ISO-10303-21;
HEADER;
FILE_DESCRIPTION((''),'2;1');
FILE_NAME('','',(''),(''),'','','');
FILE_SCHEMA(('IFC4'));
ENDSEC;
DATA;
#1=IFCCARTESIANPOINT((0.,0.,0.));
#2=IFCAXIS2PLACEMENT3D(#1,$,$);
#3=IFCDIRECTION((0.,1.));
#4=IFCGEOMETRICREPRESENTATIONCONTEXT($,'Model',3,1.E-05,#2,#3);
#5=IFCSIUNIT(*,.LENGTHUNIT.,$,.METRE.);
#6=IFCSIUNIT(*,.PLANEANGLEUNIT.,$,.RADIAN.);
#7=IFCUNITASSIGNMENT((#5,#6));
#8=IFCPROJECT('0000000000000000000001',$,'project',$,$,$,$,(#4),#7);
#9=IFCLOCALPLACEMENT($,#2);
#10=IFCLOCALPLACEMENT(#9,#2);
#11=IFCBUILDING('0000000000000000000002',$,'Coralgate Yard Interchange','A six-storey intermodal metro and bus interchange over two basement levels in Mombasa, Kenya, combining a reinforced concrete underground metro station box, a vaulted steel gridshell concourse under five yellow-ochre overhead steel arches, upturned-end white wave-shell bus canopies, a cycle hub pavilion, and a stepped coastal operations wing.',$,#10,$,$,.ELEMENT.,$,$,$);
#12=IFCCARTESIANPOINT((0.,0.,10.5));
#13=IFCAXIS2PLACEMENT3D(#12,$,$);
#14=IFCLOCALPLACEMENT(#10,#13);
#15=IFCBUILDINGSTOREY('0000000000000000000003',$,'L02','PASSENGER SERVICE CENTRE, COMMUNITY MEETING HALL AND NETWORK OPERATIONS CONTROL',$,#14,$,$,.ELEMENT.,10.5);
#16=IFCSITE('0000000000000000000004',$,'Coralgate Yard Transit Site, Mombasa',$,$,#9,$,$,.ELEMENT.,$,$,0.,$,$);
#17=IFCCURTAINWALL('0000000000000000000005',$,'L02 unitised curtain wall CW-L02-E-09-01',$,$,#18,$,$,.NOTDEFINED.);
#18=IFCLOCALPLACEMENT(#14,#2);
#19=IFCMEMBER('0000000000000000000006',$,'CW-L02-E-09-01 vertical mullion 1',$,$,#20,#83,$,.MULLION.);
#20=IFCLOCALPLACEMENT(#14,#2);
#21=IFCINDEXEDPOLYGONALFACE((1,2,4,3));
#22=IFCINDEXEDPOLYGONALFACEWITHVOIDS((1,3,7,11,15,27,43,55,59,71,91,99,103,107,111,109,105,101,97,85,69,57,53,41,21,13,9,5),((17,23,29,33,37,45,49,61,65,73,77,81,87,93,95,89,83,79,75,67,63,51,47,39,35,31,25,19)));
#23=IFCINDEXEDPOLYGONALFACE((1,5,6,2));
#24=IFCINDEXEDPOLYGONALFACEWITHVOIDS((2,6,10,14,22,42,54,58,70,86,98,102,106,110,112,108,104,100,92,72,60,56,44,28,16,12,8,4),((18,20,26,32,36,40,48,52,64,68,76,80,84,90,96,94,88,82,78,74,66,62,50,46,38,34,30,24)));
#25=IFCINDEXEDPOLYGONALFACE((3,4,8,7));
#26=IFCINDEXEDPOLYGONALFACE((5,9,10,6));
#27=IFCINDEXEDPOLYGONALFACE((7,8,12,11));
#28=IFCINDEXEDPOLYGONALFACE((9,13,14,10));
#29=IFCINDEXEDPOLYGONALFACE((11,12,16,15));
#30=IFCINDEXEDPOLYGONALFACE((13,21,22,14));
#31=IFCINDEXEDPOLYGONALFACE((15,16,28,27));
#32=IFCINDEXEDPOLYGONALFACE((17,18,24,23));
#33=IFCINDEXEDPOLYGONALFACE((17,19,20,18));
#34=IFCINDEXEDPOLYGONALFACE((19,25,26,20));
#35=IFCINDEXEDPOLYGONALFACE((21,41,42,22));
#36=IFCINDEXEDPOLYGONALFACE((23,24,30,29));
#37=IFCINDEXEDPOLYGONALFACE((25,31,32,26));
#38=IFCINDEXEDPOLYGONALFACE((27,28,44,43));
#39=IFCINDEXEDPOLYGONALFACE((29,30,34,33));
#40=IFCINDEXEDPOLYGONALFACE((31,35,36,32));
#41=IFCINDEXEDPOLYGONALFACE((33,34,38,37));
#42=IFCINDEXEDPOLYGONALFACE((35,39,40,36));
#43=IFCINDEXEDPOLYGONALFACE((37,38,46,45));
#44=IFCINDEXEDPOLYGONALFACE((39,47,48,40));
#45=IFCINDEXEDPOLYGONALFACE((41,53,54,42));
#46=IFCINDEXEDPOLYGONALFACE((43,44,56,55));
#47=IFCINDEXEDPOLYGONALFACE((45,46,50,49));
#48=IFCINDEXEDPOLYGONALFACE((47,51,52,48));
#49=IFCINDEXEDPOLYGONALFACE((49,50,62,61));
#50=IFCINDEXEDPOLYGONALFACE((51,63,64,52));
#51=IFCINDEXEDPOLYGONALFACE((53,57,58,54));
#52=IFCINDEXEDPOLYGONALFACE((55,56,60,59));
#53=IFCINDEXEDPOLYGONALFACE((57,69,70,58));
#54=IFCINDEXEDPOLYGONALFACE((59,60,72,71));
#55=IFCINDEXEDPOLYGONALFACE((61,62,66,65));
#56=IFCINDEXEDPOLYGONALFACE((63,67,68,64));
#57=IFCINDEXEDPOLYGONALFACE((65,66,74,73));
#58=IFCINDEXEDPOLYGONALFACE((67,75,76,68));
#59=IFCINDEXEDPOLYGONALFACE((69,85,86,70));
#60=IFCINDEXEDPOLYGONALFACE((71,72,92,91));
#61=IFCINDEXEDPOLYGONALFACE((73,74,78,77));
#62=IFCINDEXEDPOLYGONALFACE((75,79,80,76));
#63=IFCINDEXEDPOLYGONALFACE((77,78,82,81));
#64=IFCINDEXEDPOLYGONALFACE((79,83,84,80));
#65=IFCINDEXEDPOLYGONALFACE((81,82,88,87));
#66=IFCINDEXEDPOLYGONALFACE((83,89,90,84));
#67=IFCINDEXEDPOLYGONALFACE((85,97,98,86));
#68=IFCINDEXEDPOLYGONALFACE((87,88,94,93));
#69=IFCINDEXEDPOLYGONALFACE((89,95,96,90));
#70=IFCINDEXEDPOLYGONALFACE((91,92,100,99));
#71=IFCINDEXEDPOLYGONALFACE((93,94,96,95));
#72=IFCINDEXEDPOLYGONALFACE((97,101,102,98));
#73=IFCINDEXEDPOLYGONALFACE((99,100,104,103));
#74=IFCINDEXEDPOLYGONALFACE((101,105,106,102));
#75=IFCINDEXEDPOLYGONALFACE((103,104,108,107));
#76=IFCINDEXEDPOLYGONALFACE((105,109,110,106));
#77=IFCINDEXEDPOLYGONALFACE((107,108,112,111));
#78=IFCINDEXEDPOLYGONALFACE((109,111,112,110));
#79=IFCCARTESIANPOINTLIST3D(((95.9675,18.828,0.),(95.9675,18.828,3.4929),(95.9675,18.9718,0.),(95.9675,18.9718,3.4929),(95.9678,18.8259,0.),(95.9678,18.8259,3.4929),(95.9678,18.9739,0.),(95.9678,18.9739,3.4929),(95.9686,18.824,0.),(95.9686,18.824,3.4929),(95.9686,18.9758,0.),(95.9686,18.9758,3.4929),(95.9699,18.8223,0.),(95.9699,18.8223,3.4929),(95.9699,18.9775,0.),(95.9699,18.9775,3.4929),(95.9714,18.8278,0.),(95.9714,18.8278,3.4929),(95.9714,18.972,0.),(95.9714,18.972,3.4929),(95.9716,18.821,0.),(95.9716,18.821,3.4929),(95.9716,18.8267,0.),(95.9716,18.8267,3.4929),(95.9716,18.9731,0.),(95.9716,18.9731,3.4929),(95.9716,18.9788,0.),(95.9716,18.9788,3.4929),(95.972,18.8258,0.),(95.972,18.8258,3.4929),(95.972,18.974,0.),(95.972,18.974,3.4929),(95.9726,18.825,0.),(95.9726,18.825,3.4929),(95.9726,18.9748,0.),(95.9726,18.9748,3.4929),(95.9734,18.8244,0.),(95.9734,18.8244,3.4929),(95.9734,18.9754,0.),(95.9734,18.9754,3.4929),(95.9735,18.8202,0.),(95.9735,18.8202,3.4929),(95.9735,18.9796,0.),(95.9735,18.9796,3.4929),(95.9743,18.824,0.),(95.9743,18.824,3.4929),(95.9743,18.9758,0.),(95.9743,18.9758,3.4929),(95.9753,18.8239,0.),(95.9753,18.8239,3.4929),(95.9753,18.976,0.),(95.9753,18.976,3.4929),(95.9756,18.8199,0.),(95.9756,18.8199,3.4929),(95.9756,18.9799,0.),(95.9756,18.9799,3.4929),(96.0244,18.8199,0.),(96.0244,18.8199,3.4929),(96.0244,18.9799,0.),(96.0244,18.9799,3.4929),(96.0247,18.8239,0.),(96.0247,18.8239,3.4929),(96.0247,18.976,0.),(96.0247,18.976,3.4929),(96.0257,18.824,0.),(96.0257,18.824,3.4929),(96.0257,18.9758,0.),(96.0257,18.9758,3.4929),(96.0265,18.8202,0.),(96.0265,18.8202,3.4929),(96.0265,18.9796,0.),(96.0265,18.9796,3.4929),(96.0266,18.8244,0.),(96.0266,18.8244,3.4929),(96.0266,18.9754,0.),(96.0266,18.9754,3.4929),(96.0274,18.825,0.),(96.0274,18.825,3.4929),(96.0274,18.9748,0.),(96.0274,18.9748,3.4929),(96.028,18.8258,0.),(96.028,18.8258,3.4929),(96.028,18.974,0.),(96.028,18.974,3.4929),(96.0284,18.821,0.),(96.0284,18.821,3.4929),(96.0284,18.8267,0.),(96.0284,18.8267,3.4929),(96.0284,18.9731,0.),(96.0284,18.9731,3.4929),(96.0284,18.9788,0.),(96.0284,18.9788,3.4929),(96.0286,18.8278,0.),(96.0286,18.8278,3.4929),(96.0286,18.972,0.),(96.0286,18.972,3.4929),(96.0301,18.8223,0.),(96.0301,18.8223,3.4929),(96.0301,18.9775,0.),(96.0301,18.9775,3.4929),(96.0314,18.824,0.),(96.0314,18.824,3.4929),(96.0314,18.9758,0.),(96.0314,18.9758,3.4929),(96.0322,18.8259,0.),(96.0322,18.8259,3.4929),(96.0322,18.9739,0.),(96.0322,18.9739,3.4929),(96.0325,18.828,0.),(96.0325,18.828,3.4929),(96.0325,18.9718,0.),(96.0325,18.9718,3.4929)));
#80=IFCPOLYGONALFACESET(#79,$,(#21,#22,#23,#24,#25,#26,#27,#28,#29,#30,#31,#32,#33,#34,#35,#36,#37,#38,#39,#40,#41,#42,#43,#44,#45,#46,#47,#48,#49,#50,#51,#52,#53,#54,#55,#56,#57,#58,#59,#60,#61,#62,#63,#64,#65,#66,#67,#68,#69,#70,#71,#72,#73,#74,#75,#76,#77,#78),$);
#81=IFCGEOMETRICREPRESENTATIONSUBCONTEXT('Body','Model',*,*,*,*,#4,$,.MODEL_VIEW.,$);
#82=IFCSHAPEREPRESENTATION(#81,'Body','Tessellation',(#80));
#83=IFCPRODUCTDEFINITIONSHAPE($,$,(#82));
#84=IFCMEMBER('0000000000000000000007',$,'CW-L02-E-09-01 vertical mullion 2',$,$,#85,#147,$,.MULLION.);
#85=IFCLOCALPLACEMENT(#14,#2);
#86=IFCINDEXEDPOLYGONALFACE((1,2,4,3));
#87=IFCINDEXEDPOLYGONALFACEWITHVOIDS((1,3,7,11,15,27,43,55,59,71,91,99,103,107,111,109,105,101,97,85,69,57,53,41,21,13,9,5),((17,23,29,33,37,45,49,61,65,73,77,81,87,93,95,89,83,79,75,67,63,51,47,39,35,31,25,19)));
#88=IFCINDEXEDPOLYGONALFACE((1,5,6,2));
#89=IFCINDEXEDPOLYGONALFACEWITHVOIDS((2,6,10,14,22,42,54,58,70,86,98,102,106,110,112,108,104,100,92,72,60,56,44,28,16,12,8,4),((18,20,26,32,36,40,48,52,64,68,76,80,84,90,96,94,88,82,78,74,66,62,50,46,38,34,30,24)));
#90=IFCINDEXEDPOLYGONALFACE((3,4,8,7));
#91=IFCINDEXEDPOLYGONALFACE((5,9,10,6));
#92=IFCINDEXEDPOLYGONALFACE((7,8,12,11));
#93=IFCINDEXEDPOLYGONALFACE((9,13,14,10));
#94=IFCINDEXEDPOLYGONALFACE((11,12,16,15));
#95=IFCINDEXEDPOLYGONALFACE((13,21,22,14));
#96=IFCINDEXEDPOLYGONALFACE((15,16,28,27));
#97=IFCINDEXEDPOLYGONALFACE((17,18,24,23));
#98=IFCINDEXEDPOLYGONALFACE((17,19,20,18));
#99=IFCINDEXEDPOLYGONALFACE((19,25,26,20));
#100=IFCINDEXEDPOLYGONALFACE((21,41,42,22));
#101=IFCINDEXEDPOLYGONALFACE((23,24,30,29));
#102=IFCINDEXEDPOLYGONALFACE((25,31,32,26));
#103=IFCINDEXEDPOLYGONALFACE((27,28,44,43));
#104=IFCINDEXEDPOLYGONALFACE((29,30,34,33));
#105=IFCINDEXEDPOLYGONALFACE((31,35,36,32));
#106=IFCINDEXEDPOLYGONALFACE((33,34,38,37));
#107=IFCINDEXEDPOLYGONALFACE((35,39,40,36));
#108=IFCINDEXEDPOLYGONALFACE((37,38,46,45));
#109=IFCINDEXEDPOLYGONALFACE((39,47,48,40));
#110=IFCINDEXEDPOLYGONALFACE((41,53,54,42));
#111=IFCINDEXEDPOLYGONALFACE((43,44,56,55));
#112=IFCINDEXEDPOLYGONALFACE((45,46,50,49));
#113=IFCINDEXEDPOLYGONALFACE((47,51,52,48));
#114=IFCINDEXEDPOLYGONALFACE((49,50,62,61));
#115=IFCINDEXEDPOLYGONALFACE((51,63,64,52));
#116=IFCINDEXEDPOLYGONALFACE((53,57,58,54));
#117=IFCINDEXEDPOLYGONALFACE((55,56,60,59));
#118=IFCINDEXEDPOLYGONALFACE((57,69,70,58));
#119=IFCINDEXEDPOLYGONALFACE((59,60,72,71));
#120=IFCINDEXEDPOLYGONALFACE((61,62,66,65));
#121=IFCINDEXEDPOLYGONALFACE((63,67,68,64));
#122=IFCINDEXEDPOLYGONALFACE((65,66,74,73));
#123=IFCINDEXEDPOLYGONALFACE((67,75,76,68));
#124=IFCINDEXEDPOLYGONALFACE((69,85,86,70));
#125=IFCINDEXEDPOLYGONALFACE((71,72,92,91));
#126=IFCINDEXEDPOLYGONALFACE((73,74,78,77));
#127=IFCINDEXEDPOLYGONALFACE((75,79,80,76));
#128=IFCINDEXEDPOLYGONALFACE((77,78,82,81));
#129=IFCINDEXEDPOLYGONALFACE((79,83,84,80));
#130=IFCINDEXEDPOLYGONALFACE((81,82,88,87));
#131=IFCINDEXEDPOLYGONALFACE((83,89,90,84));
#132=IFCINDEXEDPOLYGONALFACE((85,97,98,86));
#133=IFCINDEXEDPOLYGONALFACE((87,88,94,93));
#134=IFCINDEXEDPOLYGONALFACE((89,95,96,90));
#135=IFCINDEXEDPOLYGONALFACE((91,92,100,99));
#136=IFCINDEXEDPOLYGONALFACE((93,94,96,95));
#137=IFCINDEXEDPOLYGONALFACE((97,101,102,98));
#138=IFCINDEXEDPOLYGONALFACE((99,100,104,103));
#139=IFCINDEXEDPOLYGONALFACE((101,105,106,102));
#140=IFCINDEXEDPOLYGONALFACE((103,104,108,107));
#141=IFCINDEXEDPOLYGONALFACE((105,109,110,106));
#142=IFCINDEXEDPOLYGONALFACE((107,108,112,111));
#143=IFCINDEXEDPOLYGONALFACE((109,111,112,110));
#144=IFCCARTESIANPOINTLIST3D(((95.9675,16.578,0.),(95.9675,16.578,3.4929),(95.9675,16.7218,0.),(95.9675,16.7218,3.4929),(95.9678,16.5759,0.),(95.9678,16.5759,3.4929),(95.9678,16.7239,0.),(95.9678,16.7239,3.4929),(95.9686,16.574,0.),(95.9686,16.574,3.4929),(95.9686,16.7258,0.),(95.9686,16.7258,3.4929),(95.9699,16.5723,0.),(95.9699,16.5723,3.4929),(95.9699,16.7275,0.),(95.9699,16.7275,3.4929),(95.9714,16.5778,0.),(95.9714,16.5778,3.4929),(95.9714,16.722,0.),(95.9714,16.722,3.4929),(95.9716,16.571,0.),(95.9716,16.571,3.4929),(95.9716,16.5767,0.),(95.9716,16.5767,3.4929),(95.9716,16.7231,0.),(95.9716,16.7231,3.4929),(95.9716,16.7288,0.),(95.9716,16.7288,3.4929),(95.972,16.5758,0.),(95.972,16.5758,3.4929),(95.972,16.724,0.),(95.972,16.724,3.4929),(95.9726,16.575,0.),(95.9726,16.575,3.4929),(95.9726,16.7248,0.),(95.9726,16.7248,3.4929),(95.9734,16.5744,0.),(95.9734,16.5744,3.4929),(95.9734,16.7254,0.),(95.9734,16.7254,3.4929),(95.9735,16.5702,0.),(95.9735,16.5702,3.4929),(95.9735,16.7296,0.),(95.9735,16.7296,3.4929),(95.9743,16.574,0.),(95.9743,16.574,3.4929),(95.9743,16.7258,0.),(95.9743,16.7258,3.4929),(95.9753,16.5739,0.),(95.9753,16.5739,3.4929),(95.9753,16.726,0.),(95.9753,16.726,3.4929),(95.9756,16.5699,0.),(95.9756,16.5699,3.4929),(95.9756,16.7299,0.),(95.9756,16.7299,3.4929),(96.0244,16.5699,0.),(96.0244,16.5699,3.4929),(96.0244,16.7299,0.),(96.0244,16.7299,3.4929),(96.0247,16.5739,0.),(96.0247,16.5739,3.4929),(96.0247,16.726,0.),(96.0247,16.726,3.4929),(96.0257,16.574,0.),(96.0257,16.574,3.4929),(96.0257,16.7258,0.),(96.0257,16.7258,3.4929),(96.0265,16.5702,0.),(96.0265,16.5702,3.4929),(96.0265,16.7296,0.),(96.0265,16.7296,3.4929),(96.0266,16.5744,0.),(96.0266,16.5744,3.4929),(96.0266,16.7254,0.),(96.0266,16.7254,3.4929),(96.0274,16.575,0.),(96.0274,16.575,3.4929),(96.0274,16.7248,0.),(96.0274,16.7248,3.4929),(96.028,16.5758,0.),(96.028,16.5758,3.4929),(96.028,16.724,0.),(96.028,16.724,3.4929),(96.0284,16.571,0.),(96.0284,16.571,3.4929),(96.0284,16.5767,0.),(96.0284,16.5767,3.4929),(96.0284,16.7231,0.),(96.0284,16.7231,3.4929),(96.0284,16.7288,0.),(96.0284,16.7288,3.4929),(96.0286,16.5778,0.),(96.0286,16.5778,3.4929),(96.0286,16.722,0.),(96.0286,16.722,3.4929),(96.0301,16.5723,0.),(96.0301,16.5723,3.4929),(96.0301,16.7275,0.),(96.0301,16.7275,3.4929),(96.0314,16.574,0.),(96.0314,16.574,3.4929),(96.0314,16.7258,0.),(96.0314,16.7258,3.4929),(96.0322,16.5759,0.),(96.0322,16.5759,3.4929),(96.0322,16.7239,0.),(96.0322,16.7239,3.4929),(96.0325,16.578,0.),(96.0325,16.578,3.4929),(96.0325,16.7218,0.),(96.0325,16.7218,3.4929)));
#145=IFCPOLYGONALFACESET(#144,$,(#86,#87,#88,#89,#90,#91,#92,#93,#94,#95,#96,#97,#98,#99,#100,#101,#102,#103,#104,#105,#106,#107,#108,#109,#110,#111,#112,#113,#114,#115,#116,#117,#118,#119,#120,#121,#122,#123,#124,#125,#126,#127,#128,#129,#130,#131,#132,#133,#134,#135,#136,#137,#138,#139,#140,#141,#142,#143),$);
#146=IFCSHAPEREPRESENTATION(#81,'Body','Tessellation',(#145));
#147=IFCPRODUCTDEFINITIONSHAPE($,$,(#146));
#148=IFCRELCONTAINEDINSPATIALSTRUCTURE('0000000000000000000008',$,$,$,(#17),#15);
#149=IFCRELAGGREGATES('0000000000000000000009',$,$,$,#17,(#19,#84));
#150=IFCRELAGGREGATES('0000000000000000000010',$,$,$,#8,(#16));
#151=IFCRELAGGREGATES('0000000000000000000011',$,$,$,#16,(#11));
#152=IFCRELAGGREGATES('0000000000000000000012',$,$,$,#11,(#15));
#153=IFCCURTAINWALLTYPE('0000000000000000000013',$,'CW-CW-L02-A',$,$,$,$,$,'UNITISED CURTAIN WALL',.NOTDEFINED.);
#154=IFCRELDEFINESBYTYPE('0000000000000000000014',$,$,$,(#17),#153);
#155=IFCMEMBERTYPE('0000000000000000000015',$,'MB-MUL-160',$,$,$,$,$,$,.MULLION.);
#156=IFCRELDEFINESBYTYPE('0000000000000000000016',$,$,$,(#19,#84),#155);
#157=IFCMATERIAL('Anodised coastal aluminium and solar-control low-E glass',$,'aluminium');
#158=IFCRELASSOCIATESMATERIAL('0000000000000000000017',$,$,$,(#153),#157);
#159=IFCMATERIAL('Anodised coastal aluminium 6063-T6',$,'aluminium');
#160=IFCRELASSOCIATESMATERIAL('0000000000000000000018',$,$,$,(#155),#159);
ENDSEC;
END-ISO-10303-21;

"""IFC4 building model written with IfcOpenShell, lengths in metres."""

from ifc_helpers import new_model, si_unit, direction, frame, origin, origin_2d, place, context, subcontext, project, spatial, hollow_rectangle, extrude, material, material_profile, profile_set, type_object, element, aggregate, save


model = new_model("IFC4")

# Units and contexts
model_context = context("Model", 3, precision=1e-05, world=origin(), true_north=direction((0.0, 1.0)))
body_context = subcontext(model_context, "Body", "Model", "MODEL_VIEW")
ifc_project = project(units=[si_unit("LENGTHUNIT", "METRE"), si_unit("PLANEANGLEUNIT", "RADIAN")], contexts=[model_context])

# Site, building, storey
site_placement = place(None, origin())
site = spatial("IfcSite", under=ifc_project, at=site_placement, Name="Coralgate Yard Transit Site, Mombasa", CompositionType="ELEMENT", RefElevation=0.0)
building_placement = place(site_placement, origin())
building = spatial("IfcBuilding", under=site, at=building_placement, Name="Coralgate Yard Interchange", Description="A six-storey intermodal metro and bus interchange over two basement levels in Mombasa, Kenya, combining a reinforced concrete underground metro station box, a vaulted steel gridshell concourse under five yellow-ochre overhead steel arches, upturned-end white wave-shell bus canopies, a cycle hub pavilion, and a stepped coastal operations wing.", CompositionType="ELEMENT")
storey_placement = place(building_placement, frame((0.0, 0.0, 10.5)))
storey = spatial("IfcBuildingStorey", under=building, at=storey_placement, Name="L02", Description="PASSENGER SERVICE CENTRE, COMMUNITY MEETING HALL AND NETWORK OPERATIONS CONTROL", CompositionType="ELEMENT", Elevation=10.5)

# Shared definitions
ifc_material_1 = material(Name="Anodised coastal aluminium and solar-control low-E glass", Category="aluminium")
curtain_wall_type = type_object("IfcCurtainWallType", Name="CW-CW-L02-A", ElementType="UNITISED CURTAIN WALL", PredefinedType="NOTDEFINED", material=ifc_material_1)
ifc_material_2 = material(Name="Anodised coastal aluminium 6063-T6", Category="aluminium")
ifc_material_profile_1 = material_profile(ifc_material_2, hollow_rectangle(XDim=0.0649, YDim=0.1599, WallThickness=0.0039, InnerFilletRadius=0.0039, OuterFilletRadius=0.0081, at=origin_2d()), Name="ALU 65x160x4")
ifc_profile_set_1 = profile_set([ifc_material_profile_1], Name="Anodised coastal aluminium 6063-T6")
member_type_1 = type_object("IfcMemberType", Name="MB-MUL-160", PredefinedType="MULLION", material=ifc_profile_set_1)

# Curtain wall, members
curtain_wall_1_placement = place(storey_placement, origin())
curtain_wall_1 = element("IfcCurtainWall", 1, at=curtain_wall_1_placement, inside=storey, type_object=curtain_wall_type, Name="L02 unitised curtain wall CW-L02-E-09-01", PredefinedType="NOTDEFINED")
member_1_placement = place(storey_placement, frame((96.0, 18.8999, 0.0), z_axis=(0.0, 0.0, 1.0), x_axis=(1.0, 0.0, 0.0)))
member_1 = element("IfcMember", 2, at=member_1_placement, type_object=member_type_1, Name="CW-L02-E-09-01 vertical mullion 1", PredefinedType="MULLION", context=body_context, shape_type="SweptSolid", body=[
    extrude(hollow_rectangle(XDim=0.0649, YDim=0.1599, WallThickness=0.0039, InnerFilletRadius=0.0039, OuterFilletRadius=0.0081, at=origin_2d()), origin(), (0.0, 0.0, 1.0), 3.4929),
])
member_2_placement = place(storey_placement, frame((96.0, 16.6499, 0.0), z_axis=(0.0, 0.0, 1.0), x_axis=(1.0, 0.0, 0.0)))
member_2 = element("IfcMember", 3, at=member_2_placement, type_object=member_type_1, Name="CW-L02-E-09-01 vertical mullion 2", PredefinedType="MULLION", context=body_context, shape_type="SweptSolid", body=[
    extrude(hollow_rectangle(XDim=0.0649, YDim=0.1599, WallThickness=0.0039, InnerFilletRadius=0.0039, OuterFilletRadius=0.0081, at=origin_2d()), origin(), (0.0, 0.0, 1.0), 3.4929),
])

aggregate(curtain_wall_1, [member_1, member_2])

save(model, "model.ifc")
